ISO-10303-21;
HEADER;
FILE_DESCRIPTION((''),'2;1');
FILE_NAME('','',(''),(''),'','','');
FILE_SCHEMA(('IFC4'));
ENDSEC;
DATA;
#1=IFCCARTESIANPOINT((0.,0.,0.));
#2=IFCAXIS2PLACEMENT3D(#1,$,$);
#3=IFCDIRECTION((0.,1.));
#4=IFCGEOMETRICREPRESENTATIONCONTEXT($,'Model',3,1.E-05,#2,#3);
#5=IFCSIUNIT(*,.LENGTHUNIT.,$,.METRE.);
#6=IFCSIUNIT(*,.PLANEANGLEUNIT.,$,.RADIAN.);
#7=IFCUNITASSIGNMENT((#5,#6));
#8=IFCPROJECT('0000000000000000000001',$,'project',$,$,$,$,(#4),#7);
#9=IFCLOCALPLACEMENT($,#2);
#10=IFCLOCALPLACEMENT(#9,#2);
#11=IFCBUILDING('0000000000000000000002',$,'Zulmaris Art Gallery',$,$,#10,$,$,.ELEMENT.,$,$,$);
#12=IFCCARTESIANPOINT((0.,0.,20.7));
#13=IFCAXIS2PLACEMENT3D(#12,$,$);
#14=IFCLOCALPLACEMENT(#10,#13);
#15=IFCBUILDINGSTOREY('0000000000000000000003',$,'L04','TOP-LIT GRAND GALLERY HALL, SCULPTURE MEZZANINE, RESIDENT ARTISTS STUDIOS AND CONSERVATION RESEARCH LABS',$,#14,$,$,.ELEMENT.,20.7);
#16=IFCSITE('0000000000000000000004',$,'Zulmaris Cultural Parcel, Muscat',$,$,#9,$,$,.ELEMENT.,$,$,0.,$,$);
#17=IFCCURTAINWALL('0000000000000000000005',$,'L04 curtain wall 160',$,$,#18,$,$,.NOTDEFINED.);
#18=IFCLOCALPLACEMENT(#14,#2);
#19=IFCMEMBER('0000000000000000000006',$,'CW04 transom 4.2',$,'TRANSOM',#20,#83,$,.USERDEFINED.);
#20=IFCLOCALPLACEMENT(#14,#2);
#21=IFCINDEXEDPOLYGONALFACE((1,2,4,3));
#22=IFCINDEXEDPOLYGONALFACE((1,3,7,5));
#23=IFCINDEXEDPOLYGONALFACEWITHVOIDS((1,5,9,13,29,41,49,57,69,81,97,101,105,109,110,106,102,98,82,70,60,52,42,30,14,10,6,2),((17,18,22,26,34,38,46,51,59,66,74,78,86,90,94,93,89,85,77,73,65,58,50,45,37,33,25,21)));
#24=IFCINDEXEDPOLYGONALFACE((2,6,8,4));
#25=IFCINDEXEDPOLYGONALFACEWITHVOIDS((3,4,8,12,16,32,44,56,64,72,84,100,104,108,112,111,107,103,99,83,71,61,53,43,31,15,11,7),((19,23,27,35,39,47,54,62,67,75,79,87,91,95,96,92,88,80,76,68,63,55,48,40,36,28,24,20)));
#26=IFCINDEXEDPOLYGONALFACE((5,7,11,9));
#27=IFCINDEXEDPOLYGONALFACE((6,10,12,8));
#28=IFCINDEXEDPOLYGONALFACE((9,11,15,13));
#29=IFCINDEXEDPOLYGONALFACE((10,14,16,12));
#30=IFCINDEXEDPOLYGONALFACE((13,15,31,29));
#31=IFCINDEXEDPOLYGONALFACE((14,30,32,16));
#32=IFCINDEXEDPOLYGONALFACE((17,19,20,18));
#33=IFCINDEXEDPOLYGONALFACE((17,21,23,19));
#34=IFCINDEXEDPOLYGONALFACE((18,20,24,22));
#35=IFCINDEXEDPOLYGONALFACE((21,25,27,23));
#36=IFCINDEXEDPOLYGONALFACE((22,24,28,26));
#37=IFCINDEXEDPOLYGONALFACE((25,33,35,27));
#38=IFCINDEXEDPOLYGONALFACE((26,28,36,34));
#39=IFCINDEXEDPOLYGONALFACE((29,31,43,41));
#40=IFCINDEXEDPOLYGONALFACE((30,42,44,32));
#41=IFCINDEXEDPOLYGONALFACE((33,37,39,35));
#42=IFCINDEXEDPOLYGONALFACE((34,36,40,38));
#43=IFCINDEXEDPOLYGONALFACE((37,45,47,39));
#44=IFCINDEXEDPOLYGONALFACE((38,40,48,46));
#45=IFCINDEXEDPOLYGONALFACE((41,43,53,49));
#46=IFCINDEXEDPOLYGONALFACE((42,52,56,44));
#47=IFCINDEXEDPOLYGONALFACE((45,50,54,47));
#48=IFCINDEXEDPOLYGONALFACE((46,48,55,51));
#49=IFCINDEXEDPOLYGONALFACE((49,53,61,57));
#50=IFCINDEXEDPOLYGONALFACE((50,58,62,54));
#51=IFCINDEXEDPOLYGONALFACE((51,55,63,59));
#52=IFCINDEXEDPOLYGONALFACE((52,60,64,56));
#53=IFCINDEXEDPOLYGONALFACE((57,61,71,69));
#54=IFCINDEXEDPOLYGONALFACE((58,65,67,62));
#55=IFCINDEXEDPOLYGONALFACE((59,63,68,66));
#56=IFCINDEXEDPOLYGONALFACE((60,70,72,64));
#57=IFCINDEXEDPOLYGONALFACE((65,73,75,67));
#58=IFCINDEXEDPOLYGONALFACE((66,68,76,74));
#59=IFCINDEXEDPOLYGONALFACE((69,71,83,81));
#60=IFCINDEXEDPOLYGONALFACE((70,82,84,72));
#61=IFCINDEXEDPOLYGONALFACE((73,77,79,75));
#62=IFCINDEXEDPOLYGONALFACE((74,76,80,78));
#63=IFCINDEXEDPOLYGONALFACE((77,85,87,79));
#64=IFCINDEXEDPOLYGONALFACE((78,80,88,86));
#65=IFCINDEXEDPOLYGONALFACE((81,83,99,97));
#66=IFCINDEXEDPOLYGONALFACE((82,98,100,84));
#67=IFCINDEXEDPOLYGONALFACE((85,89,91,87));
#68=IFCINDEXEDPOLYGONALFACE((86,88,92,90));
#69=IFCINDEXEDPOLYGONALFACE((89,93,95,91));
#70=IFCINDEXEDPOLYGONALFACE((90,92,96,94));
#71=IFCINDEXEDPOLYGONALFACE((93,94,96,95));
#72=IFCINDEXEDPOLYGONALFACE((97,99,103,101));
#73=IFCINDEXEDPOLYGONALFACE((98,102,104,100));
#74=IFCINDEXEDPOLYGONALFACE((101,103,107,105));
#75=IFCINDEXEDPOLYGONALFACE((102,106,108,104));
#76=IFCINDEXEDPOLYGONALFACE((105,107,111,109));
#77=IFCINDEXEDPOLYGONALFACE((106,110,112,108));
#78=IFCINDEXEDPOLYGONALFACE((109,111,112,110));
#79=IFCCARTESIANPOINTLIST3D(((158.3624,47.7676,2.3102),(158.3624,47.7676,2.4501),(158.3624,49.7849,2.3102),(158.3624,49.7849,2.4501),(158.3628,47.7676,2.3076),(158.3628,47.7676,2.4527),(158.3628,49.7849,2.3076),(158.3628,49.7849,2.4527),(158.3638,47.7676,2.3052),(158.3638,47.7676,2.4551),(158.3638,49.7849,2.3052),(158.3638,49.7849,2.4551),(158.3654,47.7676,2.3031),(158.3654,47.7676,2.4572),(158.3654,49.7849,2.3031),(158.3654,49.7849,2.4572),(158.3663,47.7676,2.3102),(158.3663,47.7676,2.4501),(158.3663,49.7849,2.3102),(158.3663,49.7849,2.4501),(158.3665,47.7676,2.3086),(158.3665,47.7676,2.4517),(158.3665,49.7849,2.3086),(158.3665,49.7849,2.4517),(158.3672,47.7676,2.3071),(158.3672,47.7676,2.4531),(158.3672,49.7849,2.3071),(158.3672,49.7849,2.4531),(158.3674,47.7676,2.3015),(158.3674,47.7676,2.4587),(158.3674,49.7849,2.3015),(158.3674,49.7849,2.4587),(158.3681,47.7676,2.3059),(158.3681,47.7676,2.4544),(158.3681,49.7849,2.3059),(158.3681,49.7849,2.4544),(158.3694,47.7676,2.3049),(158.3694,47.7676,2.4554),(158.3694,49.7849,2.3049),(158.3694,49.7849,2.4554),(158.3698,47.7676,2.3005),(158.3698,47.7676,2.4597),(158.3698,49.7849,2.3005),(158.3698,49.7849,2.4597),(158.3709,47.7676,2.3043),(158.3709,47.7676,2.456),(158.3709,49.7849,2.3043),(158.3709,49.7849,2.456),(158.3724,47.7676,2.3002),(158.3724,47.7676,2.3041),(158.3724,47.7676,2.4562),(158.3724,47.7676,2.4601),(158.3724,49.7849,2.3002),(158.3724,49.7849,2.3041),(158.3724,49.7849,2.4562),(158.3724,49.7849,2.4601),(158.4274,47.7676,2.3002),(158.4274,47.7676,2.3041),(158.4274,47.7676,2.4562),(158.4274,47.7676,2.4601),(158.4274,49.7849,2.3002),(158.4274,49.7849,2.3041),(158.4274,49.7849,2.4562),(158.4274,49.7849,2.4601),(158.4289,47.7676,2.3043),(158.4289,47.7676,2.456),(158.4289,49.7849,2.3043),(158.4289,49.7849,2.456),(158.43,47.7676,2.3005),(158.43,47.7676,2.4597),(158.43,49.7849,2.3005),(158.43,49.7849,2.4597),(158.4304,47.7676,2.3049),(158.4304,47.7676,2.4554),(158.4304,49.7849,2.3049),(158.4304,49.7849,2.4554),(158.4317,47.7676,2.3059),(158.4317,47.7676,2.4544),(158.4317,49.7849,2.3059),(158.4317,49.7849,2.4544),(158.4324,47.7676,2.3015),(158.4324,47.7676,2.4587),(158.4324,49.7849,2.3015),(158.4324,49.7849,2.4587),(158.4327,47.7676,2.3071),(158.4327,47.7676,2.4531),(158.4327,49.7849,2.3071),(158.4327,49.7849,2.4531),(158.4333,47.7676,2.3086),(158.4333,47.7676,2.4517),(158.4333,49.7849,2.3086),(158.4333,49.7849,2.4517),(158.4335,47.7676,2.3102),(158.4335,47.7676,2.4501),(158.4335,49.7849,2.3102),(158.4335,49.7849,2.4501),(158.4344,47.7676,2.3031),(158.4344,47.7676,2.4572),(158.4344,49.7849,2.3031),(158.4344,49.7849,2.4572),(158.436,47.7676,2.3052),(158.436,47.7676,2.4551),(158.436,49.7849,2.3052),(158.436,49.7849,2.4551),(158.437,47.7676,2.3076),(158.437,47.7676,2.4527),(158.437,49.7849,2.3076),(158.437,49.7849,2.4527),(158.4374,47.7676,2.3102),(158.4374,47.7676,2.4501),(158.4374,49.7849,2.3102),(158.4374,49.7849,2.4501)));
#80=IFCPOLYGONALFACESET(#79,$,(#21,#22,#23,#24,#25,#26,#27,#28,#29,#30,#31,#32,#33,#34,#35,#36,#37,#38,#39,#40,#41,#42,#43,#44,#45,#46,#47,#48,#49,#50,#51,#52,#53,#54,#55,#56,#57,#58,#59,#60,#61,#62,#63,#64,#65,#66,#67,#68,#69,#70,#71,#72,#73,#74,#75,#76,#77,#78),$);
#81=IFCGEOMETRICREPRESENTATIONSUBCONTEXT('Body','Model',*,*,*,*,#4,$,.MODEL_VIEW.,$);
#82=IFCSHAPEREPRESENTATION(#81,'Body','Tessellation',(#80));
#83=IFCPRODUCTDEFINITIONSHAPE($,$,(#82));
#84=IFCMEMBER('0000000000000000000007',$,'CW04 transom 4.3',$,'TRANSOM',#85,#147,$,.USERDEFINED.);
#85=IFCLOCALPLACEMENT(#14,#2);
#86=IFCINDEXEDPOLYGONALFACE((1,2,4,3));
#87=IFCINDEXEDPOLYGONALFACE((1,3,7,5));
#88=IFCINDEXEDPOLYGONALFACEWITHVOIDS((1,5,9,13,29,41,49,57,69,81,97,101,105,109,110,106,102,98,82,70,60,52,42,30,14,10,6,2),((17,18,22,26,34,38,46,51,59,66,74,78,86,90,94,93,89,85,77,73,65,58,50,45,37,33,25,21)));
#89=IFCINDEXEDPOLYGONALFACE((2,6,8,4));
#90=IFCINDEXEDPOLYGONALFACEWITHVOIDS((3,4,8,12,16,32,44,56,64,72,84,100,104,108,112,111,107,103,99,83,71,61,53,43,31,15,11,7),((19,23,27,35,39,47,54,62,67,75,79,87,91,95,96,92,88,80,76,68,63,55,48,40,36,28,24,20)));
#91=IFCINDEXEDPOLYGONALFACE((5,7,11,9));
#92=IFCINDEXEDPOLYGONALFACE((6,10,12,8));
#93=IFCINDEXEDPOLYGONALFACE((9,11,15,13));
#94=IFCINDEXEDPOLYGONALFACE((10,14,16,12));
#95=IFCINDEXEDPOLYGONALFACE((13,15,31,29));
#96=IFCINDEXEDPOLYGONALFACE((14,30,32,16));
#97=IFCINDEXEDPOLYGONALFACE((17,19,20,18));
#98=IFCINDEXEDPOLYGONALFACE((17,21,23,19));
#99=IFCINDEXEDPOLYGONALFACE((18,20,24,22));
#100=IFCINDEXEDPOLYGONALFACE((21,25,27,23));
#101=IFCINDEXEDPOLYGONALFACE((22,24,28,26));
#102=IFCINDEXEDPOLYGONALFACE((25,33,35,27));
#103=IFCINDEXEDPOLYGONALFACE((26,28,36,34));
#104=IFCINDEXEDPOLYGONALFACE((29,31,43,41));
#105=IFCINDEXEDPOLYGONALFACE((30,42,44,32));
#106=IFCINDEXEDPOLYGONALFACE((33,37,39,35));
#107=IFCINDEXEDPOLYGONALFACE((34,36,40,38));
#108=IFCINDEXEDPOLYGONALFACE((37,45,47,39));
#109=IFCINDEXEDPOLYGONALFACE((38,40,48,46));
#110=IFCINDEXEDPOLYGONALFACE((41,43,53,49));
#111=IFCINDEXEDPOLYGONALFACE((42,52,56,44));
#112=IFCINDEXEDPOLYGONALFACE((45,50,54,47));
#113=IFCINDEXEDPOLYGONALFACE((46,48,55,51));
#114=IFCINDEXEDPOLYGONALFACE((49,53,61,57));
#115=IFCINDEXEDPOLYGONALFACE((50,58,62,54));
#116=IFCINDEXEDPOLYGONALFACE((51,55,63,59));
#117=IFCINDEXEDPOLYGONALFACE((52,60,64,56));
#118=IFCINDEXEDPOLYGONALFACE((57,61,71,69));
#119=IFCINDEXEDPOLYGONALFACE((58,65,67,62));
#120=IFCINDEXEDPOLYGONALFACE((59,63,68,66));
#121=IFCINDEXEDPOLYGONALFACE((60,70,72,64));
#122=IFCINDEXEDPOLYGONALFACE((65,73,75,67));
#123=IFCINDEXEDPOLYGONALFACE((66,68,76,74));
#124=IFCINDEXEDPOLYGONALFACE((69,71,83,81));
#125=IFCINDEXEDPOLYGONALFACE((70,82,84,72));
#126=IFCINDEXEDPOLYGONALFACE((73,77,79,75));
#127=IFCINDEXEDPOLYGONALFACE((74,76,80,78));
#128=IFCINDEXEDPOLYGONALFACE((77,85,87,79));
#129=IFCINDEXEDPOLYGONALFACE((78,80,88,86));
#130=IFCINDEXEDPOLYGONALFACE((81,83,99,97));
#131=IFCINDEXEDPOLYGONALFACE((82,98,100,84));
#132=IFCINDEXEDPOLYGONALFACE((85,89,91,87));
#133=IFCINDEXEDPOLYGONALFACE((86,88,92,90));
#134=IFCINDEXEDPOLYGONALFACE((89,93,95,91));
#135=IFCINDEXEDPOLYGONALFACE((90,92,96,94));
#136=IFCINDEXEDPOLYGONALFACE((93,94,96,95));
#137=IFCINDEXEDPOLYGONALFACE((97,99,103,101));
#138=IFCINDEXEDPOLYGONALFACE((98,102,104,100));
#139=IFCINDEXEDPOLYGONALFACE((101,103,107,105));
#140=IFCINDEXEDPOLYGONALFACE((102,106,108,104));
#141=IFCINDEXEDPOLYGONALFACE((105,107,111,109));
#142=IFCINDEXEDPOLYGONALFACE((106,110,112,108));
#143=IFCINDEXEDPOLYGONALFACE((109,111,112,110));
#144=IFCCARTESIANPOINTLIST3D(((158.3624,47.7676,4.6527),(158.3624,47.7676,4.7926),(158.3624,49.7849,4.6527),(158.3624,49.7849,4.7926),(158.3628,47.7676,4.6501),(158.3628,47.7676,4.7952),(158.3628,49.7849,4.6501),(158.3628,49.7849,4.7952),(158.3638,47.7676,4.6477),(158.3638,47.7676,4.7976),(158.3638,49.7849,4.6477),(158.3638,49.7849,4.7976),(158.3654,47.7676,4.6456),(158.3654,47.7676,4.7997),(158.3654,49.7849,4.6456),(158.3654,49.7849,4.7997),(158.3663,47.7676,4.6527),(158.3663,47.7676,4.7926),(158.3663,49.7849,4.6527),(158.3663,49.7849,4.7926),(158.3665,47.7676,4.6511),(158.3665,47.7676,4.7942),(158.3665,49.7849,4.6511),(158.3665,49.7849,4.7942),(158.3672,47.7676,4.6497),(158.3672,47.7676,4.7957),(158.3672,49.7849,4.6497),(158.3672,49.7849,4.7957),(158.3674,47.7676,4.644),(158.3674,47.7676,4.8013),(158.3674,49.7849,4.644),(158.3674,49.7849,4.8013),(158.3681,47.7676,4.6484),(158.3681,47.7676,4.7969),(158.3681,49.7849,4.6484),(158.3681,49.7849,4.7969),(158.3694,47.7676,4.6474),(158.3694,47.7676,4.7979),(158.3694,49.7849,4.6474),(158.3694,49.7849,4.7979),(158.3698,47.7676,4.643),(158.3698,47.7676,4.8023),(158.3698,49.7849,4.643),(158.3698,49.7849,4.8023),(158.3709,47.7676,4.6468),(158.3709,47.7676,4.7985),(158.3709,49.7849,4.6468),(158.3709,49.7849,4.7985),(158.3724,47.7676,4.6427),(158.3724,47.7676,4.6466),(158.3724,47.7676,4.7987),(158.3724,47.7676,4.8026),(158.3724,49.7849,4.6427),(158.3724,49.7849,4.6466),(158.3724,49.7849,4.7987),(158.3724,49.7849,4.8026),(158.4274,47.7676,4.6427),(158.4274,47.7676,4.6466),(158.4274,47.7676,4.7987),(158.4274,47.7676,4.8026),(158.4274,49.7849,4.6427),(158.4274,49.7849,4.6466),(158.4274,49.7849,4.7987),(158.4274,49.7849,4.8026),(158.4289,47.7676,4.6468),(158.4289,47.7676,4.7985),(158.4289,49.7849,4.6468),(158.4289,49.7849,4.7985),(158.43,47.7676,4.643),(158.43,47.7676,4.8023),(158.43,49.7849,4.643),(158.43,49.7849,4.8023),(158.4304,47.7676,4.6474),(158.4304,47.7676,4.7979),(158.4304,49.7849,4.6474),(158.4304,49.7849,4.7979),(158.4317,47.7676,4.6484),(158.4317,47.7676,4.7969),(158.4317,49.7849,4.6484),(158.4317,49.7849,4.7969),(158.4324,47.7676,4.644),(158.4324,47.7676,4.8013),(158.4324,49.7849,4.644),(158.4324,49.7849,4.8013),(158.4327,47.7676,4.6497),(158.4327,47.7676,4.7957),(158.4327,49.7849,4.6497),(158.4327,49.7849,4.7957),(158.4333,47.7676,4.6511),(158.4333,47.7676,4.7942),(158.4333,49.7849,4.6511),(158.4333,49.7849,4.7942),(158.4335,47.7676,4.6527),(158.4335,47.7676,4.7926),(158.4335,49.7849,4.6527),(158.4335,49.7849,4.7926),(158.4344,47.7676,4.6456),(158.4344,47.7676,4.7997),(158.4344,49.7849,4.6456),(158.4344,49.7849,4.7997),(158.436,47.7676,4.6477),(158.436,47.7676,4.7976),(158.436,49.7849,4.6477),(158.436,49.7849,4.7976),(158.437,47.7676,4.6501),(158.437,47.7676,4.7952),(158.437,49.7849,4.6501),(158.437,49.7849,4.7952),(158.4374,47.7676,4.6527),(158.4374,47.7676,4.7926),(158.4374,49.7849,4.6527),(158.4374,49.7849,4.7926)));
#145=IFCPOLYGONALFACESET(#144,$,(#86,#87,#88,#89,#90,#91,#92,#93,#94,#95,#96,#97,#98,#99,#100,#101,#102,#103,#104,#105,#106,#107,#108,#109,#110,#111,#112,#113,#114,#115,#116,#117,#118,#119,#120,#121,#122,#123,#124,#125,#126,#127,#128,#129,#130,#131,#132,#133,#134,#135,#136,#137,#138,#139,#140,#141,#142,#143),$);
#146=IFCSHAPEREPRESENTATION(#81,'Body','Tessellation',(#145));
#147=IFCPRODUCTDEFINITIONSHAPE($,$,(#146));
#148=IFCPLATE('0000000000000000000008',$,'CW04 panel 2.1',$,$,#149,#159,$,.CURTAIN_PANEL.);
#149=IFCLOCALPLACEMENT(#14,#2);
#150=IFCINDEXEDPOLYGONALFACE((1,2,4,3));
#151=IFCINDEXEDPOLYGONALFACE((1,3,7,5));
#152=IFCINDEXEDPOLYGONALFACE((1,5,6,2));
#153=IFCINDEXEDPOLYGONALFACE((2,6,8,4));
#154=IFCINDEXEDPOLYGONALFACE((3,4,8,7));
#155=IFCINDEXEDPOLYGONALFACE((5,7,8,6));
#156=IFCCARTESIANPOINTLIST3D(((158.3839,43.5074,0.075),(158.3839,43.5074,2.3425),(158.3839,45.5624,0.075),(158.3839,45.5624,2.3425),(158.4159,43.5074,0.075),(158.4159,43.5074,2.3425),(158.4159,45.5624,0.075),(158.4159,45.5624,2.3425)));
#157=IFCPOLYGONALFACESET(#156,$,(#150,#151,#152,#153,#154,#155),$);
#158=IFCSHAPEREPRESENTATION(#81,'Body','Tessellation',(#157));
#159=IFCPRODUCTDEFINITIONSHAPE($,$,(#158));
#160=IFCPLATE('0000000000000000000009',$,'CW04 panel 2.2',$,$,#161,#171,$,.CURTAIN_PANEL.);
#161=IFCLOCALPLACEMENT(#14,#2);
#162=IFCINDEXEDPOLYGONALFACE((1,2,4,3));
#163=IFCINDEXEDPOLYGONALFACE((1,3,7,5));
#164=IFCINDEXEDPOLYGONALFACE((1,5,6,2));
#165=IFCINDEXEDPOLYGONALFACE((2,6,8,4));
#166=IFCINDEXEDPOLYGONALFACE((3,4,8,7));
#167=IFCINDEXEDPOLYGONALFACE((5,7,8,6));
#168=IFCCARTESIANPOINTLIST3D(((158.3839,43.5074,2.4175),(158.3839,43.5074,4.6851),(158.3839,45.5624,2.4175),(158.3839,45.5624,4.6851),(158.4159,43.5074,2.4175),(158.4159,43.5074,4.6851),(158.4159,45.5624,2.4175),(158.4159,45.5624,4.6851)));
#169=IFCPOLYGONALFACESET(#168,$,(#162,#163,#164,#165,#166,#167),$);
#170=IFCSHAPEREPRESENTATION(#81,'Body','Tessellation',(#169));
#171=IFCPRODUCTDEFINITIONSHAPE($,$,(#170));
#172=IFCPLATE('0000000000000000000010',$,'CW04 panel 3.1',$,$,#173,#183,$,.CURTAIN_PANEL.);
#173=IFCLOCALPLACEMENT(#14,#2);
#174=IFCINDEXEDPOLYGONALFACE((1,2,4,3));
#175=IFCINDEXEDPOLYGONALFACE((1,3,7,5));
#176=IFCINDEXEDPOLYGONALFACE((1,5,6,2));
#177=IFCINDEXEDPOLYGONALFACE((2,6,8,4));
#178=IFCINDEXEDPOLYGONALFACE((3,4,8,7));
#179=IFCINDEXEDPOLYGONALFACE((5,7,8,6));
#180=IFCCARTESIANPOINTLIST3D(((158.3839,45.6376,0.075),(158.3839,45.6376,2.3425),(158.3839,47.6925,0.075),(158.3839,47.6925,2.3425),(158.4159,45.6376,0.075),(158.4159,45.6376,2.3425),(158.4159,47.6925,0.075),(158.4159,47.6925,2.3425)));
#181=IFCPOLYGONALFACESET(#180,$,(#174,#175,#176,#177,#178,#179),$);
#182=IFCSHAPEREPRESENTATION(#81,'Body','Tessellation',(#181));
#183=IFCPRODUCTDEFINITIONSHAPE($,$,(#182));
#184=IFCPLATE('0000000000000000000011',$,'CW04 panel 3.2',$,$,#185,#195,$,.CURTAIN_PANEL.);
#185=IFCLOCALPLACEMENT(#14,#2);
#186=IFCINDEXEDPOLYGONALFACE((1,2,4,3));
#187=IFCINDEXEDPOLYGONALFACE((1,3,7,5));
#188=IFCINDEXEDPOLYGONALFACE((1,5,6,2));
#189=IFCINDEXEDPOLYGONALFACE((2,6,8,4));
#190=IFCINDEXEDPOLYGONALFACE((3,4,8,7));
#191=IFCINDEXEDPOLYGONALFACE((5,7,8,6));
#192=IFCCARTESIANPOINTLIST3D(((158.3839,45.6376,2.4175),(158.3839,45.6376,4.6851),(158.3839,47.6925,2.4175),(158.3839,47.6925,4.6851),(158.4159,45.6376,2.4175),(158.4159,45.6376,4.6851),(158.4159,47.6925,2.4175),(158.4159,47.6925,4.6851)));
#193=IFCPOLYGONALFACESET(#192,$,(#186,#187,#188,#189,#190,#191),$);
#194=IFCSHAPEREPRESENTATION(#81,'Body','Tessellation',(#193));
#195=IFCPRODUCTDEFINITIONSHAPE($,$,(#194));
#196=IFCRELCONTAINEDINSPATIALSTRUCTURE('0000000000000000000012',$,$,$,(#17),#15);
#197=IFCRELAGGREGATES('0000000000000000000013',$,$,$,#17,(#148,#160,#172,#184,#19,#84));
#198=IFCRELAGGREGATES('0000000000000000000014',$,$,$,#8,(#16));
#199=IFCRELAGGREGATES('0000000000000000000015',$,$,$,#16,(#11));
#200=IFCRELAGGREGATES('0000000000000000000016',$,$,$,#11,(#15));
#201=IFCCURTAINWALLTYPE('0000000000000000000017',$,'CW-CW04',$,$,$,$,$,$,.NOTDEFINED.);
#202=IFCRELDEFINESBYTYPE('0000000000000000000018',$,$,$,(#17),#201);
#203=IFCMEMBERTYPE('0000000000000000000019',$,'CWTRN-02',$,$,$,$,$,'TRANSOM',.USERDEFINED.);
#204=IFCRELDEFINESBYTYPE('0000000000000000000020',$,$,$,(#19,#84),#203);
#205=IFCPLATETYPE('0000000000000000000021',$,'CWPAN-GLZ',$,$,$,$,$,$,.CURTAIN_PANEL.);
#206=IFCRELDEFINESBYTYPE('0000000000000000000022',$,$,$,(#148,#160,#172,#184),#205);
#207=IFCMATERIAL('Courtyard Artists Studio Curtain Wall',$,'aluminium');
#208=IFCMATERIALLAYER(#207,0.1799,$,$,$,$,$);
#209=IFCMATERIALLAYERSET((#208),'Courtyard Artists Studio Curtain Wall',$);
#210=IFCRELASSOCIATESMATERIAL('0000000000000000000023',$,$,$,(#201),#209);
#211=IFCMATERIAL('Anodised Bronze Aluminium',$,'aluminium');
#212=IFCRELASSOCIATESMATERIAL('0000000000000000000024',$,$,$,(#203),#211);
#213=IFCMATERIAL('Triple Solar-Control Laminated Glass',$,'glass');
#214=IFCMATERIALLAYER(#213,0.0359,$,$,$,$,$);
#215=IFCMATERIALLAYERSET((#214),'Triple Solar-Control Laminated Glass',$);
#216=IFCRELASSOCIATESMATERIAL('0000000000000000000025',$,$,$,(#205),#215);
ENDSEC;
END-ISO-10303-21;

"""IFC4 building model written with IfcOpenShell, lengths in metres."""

from ifc_helpers import new_model, si_unit, direction, frame, origin, origin_2d, place, context, subcontext, project, spatial, rectangle, hollow_rectangle, extrude, material, layer, layer_set, material_profile, profile_set, type_object, element, aggregate, save


model = new_model("IFC4")

# Units and contexts
model_context = context("Model", 3, precision=1e-05, world=origin(), true_north=direction((0.0, 1.0)))
body_context = subcontext(model_context, "Body", "Model", "MODEL_VIEW")
ifc_project = project(units=[si_unit("LENGTHUNIT", "METRE"), si_unit("PLANEANGLEUNIT", "RADIAN")], contexts=[model_context])

# Site, building, storey
site_placement = place(None, origin())
site = spatial("IfcSite", under=ifc_project, at=site_placement, Name="Zulmaris Cultural Parcel, Muscat", CompositionType="ELEMENT", RefElevation=0.0)
building_placement = place(site_placement, origin())
building = spatial("IfcBuilding", under=site, at=building_placement, Name="Zulmaris Art Gallery", CompositionType="ELEMENT")
storey_placement = place(building_placement, frame((0.0, 0.0, 20.7)))
storey = spatial("IfcBuildingStorey", under=building, at=storey_placement, Name="L04", Description="TOP-LIT GRAND GALLERY HALL, SCULPTURE MEZZANINE, RESIDENT ARTISTS STUDIOS AND CONSERVATION RESEARCH LABS", CompositionType="ELEMENT", Elevation=20.7)

# Curtain wall
ifc_material_1 = material(Name="Courtyard Artists Studio Curtain Wall", Category="aluminium")
ifc_layer_1 = layer(ifc_material_1, 0.1799)
ifc_layer_set_1 = layer_set([ifc_layer_1], Name="Courtyard Artists Studio Curtain Wall")
curtain_wall_type = type_object("IfcCurtainWallType", Name="CW-CW04", PredefinedType="NOTDEFINED", material=ifc_layer_set_1)
curtain_wall_1_placement = place(storey_placement, origin())
curtain_wall_1 = element("IfcCurtainWall", 1, at=curtain_wall_1_placement, inside=storey, type_object=curtain_wall_type, Name="L04 curtain wall 160", PredefinedType="NOTDEFINED")
ifc_material_2 = material(Name="Anodised Bronze Aluminium", Category="aluminium")

# Members
ifc_material_profile_1 = material_profile(ifc_material_2, hollow_rectangle(XDim=0.075, YDim=0.1599, WallThickness=0.0039, InnerFilletRadius=0.0061, OuterFilletRadius=0.01, at=origin_2d()), Name="ALU 75x160x4")
ifc_profile_set_1 = profile_set([ifc_material_profile_1], Name="Anodised Bronze Aluminium")
member_type_1 = type_object("IfcMemberType", Name="CWTRN-02", ElementType="TRANSOM", PredefinedType="USERDEFINED", material=ifc_profile_set_1)
member_1_placement = place(storey_placement, frame((158.3999, 47.7676, 2.3801), z_axis=(0.0, 1.0, 0.0), x_axis=(-1.0, 0.0, 0.0)))
member_1 = element("IfcMember", 2, at=member_1_placement, type_object=member_type_1, Name="CW04 transom 4.2", ObjectType="TRANSOM", PredefinedType="USERDEFINED", context=body_context, shape_type="SweptSolid", body=[
    extrude(hollow_rectangle(XDim=0.075, YDim=0.1599, WallThickness=0.0039, InnerFilletRadius=0.0061, OuterFilletRadius=0.01, at=origin_2d()), origin(), (0.0, 0.0, 1.0), 2.0173),
])
member_2_placement = place(storey_placement, frame((158.3999, 47.7676, 4.7227), z_axis=(0.0, 1.0, 0.0), x_axis=(-1.0, 0.0, 0.0)))
member_2 = element("IfcMember", 3, at=member_2_placement, type_object=member_type_1, Name="CW04 transom 4.3", ObjectType="TRANSOM", PredefinedType="USERDEFINED", context=body_context, shape_type="SweptSolid", body=[
    extrude(hollow_rectangle(XDim=0.075, YDim=0.1599, WallThickness=0.0039, InnerFilletRadius=0.0061, OuterFilletRadius=0.01, at=origin_2d()), origin(), (0.0, 0.0, 1.0), 2.0173),
])

# Plates
ifc_material_3 = material(Name="Triple Solar-Control Laminated Glass", Category="glass")
ifc_layer_2 = layer(ifc_material_3, 0.0359)
ifc_layer_set_2 = layer_set([ifc_layer_2], Name="Triple Solar-Control Laminated Glass")
plate_type = type_object("IfcPlateType", Name="CWPAN-GLZ", PredefinedType="CURTAIN_PANEL", material=ifc_layer_set_2)
plate_1_placement = place(storey_placement, frame((158.3999, 44.5349, 0.075), z_axis=(0.0, 0.0, 1.0), x_axis=(0.0, 1.0, 0.0)))
plate_1 = element("IfcPlate", 4, at=plate_1_placement, type_object=plate_type, Name="CW04 panel 2.1", PredefinedType="CURTAIN_PANEL", context=body_context, shape_type="SweptSolid", body=[
    extrude(rectangle(XDim=2.0549, YDim=0.032, at=origin_2d()), origin(), (0.0, 0.0, 1.0), 2.2676),
])
plate_2_placement = place(storey_placement, frame((158.3999, 44.5349, 2.4175), z_axis=(0.0, 0.0, 1.0), x_axis=(0.0, 1.0, 0.0)))
plate_2 = element("IfcPlate", 5, at=plate_2_placement, type_object=plate_type, Name="CW04 panel 2.2", PredefinedType="CURTAIN_PANEL", context=body_context, shape_type="SweptSolid", body=[
    extrude(rectangle(XDim=2.0549, YDim=0.032, at=origin_2d()), origin(), (0.0, 0.0, 1.0), 2.2676),
])
plate_3_placement = place(storey_placement, frame((158.3999, 46.665, 0.075), z_axis=(0.0, 0.0, 1.0), x_axis=(0.0, 1.0, 0.0)))
plate_3 = element("IfcPlate", 6, at=plate_3_placement, type_object=plate_type, Name="CW04 panel 3.1", PredefinedType="CURTAIN_PANEL", context=body_context, shape_type="SweptSolid", body=[
    extrude(rectangle(XDim=2.0549, YDim=0.032, at=origin_2d()), origin(), (0.0, 0.0, 1.0), 2.2676),
])
plate_4_placement = place(storey_placement, frame((158.3999, 46.665, 2.4175), z_axis=(0.0, 0.0, 1.0), x_axis=(0.0, 1.0, 0.0)))
plate_4 = element("IfcPlate", 7, at=plate_4_placement, type_object=plate_type, Name="CW04 panel 3.2", PredefinedType="CURTAIN_PANEL", context=body_context, shape_type="SweptSolid", body=[
    extrude(rectangle(XDim=2.0549, YDim=0.032, at=origin_2d()), origin(), (0.0, 0.0, 1.0), 2.2676),
])
aggregate(curtain_wall_1, [plate_1, plate_2, plate_3, plate_4, member_1, member_2])

save(model, "model.ifc")
